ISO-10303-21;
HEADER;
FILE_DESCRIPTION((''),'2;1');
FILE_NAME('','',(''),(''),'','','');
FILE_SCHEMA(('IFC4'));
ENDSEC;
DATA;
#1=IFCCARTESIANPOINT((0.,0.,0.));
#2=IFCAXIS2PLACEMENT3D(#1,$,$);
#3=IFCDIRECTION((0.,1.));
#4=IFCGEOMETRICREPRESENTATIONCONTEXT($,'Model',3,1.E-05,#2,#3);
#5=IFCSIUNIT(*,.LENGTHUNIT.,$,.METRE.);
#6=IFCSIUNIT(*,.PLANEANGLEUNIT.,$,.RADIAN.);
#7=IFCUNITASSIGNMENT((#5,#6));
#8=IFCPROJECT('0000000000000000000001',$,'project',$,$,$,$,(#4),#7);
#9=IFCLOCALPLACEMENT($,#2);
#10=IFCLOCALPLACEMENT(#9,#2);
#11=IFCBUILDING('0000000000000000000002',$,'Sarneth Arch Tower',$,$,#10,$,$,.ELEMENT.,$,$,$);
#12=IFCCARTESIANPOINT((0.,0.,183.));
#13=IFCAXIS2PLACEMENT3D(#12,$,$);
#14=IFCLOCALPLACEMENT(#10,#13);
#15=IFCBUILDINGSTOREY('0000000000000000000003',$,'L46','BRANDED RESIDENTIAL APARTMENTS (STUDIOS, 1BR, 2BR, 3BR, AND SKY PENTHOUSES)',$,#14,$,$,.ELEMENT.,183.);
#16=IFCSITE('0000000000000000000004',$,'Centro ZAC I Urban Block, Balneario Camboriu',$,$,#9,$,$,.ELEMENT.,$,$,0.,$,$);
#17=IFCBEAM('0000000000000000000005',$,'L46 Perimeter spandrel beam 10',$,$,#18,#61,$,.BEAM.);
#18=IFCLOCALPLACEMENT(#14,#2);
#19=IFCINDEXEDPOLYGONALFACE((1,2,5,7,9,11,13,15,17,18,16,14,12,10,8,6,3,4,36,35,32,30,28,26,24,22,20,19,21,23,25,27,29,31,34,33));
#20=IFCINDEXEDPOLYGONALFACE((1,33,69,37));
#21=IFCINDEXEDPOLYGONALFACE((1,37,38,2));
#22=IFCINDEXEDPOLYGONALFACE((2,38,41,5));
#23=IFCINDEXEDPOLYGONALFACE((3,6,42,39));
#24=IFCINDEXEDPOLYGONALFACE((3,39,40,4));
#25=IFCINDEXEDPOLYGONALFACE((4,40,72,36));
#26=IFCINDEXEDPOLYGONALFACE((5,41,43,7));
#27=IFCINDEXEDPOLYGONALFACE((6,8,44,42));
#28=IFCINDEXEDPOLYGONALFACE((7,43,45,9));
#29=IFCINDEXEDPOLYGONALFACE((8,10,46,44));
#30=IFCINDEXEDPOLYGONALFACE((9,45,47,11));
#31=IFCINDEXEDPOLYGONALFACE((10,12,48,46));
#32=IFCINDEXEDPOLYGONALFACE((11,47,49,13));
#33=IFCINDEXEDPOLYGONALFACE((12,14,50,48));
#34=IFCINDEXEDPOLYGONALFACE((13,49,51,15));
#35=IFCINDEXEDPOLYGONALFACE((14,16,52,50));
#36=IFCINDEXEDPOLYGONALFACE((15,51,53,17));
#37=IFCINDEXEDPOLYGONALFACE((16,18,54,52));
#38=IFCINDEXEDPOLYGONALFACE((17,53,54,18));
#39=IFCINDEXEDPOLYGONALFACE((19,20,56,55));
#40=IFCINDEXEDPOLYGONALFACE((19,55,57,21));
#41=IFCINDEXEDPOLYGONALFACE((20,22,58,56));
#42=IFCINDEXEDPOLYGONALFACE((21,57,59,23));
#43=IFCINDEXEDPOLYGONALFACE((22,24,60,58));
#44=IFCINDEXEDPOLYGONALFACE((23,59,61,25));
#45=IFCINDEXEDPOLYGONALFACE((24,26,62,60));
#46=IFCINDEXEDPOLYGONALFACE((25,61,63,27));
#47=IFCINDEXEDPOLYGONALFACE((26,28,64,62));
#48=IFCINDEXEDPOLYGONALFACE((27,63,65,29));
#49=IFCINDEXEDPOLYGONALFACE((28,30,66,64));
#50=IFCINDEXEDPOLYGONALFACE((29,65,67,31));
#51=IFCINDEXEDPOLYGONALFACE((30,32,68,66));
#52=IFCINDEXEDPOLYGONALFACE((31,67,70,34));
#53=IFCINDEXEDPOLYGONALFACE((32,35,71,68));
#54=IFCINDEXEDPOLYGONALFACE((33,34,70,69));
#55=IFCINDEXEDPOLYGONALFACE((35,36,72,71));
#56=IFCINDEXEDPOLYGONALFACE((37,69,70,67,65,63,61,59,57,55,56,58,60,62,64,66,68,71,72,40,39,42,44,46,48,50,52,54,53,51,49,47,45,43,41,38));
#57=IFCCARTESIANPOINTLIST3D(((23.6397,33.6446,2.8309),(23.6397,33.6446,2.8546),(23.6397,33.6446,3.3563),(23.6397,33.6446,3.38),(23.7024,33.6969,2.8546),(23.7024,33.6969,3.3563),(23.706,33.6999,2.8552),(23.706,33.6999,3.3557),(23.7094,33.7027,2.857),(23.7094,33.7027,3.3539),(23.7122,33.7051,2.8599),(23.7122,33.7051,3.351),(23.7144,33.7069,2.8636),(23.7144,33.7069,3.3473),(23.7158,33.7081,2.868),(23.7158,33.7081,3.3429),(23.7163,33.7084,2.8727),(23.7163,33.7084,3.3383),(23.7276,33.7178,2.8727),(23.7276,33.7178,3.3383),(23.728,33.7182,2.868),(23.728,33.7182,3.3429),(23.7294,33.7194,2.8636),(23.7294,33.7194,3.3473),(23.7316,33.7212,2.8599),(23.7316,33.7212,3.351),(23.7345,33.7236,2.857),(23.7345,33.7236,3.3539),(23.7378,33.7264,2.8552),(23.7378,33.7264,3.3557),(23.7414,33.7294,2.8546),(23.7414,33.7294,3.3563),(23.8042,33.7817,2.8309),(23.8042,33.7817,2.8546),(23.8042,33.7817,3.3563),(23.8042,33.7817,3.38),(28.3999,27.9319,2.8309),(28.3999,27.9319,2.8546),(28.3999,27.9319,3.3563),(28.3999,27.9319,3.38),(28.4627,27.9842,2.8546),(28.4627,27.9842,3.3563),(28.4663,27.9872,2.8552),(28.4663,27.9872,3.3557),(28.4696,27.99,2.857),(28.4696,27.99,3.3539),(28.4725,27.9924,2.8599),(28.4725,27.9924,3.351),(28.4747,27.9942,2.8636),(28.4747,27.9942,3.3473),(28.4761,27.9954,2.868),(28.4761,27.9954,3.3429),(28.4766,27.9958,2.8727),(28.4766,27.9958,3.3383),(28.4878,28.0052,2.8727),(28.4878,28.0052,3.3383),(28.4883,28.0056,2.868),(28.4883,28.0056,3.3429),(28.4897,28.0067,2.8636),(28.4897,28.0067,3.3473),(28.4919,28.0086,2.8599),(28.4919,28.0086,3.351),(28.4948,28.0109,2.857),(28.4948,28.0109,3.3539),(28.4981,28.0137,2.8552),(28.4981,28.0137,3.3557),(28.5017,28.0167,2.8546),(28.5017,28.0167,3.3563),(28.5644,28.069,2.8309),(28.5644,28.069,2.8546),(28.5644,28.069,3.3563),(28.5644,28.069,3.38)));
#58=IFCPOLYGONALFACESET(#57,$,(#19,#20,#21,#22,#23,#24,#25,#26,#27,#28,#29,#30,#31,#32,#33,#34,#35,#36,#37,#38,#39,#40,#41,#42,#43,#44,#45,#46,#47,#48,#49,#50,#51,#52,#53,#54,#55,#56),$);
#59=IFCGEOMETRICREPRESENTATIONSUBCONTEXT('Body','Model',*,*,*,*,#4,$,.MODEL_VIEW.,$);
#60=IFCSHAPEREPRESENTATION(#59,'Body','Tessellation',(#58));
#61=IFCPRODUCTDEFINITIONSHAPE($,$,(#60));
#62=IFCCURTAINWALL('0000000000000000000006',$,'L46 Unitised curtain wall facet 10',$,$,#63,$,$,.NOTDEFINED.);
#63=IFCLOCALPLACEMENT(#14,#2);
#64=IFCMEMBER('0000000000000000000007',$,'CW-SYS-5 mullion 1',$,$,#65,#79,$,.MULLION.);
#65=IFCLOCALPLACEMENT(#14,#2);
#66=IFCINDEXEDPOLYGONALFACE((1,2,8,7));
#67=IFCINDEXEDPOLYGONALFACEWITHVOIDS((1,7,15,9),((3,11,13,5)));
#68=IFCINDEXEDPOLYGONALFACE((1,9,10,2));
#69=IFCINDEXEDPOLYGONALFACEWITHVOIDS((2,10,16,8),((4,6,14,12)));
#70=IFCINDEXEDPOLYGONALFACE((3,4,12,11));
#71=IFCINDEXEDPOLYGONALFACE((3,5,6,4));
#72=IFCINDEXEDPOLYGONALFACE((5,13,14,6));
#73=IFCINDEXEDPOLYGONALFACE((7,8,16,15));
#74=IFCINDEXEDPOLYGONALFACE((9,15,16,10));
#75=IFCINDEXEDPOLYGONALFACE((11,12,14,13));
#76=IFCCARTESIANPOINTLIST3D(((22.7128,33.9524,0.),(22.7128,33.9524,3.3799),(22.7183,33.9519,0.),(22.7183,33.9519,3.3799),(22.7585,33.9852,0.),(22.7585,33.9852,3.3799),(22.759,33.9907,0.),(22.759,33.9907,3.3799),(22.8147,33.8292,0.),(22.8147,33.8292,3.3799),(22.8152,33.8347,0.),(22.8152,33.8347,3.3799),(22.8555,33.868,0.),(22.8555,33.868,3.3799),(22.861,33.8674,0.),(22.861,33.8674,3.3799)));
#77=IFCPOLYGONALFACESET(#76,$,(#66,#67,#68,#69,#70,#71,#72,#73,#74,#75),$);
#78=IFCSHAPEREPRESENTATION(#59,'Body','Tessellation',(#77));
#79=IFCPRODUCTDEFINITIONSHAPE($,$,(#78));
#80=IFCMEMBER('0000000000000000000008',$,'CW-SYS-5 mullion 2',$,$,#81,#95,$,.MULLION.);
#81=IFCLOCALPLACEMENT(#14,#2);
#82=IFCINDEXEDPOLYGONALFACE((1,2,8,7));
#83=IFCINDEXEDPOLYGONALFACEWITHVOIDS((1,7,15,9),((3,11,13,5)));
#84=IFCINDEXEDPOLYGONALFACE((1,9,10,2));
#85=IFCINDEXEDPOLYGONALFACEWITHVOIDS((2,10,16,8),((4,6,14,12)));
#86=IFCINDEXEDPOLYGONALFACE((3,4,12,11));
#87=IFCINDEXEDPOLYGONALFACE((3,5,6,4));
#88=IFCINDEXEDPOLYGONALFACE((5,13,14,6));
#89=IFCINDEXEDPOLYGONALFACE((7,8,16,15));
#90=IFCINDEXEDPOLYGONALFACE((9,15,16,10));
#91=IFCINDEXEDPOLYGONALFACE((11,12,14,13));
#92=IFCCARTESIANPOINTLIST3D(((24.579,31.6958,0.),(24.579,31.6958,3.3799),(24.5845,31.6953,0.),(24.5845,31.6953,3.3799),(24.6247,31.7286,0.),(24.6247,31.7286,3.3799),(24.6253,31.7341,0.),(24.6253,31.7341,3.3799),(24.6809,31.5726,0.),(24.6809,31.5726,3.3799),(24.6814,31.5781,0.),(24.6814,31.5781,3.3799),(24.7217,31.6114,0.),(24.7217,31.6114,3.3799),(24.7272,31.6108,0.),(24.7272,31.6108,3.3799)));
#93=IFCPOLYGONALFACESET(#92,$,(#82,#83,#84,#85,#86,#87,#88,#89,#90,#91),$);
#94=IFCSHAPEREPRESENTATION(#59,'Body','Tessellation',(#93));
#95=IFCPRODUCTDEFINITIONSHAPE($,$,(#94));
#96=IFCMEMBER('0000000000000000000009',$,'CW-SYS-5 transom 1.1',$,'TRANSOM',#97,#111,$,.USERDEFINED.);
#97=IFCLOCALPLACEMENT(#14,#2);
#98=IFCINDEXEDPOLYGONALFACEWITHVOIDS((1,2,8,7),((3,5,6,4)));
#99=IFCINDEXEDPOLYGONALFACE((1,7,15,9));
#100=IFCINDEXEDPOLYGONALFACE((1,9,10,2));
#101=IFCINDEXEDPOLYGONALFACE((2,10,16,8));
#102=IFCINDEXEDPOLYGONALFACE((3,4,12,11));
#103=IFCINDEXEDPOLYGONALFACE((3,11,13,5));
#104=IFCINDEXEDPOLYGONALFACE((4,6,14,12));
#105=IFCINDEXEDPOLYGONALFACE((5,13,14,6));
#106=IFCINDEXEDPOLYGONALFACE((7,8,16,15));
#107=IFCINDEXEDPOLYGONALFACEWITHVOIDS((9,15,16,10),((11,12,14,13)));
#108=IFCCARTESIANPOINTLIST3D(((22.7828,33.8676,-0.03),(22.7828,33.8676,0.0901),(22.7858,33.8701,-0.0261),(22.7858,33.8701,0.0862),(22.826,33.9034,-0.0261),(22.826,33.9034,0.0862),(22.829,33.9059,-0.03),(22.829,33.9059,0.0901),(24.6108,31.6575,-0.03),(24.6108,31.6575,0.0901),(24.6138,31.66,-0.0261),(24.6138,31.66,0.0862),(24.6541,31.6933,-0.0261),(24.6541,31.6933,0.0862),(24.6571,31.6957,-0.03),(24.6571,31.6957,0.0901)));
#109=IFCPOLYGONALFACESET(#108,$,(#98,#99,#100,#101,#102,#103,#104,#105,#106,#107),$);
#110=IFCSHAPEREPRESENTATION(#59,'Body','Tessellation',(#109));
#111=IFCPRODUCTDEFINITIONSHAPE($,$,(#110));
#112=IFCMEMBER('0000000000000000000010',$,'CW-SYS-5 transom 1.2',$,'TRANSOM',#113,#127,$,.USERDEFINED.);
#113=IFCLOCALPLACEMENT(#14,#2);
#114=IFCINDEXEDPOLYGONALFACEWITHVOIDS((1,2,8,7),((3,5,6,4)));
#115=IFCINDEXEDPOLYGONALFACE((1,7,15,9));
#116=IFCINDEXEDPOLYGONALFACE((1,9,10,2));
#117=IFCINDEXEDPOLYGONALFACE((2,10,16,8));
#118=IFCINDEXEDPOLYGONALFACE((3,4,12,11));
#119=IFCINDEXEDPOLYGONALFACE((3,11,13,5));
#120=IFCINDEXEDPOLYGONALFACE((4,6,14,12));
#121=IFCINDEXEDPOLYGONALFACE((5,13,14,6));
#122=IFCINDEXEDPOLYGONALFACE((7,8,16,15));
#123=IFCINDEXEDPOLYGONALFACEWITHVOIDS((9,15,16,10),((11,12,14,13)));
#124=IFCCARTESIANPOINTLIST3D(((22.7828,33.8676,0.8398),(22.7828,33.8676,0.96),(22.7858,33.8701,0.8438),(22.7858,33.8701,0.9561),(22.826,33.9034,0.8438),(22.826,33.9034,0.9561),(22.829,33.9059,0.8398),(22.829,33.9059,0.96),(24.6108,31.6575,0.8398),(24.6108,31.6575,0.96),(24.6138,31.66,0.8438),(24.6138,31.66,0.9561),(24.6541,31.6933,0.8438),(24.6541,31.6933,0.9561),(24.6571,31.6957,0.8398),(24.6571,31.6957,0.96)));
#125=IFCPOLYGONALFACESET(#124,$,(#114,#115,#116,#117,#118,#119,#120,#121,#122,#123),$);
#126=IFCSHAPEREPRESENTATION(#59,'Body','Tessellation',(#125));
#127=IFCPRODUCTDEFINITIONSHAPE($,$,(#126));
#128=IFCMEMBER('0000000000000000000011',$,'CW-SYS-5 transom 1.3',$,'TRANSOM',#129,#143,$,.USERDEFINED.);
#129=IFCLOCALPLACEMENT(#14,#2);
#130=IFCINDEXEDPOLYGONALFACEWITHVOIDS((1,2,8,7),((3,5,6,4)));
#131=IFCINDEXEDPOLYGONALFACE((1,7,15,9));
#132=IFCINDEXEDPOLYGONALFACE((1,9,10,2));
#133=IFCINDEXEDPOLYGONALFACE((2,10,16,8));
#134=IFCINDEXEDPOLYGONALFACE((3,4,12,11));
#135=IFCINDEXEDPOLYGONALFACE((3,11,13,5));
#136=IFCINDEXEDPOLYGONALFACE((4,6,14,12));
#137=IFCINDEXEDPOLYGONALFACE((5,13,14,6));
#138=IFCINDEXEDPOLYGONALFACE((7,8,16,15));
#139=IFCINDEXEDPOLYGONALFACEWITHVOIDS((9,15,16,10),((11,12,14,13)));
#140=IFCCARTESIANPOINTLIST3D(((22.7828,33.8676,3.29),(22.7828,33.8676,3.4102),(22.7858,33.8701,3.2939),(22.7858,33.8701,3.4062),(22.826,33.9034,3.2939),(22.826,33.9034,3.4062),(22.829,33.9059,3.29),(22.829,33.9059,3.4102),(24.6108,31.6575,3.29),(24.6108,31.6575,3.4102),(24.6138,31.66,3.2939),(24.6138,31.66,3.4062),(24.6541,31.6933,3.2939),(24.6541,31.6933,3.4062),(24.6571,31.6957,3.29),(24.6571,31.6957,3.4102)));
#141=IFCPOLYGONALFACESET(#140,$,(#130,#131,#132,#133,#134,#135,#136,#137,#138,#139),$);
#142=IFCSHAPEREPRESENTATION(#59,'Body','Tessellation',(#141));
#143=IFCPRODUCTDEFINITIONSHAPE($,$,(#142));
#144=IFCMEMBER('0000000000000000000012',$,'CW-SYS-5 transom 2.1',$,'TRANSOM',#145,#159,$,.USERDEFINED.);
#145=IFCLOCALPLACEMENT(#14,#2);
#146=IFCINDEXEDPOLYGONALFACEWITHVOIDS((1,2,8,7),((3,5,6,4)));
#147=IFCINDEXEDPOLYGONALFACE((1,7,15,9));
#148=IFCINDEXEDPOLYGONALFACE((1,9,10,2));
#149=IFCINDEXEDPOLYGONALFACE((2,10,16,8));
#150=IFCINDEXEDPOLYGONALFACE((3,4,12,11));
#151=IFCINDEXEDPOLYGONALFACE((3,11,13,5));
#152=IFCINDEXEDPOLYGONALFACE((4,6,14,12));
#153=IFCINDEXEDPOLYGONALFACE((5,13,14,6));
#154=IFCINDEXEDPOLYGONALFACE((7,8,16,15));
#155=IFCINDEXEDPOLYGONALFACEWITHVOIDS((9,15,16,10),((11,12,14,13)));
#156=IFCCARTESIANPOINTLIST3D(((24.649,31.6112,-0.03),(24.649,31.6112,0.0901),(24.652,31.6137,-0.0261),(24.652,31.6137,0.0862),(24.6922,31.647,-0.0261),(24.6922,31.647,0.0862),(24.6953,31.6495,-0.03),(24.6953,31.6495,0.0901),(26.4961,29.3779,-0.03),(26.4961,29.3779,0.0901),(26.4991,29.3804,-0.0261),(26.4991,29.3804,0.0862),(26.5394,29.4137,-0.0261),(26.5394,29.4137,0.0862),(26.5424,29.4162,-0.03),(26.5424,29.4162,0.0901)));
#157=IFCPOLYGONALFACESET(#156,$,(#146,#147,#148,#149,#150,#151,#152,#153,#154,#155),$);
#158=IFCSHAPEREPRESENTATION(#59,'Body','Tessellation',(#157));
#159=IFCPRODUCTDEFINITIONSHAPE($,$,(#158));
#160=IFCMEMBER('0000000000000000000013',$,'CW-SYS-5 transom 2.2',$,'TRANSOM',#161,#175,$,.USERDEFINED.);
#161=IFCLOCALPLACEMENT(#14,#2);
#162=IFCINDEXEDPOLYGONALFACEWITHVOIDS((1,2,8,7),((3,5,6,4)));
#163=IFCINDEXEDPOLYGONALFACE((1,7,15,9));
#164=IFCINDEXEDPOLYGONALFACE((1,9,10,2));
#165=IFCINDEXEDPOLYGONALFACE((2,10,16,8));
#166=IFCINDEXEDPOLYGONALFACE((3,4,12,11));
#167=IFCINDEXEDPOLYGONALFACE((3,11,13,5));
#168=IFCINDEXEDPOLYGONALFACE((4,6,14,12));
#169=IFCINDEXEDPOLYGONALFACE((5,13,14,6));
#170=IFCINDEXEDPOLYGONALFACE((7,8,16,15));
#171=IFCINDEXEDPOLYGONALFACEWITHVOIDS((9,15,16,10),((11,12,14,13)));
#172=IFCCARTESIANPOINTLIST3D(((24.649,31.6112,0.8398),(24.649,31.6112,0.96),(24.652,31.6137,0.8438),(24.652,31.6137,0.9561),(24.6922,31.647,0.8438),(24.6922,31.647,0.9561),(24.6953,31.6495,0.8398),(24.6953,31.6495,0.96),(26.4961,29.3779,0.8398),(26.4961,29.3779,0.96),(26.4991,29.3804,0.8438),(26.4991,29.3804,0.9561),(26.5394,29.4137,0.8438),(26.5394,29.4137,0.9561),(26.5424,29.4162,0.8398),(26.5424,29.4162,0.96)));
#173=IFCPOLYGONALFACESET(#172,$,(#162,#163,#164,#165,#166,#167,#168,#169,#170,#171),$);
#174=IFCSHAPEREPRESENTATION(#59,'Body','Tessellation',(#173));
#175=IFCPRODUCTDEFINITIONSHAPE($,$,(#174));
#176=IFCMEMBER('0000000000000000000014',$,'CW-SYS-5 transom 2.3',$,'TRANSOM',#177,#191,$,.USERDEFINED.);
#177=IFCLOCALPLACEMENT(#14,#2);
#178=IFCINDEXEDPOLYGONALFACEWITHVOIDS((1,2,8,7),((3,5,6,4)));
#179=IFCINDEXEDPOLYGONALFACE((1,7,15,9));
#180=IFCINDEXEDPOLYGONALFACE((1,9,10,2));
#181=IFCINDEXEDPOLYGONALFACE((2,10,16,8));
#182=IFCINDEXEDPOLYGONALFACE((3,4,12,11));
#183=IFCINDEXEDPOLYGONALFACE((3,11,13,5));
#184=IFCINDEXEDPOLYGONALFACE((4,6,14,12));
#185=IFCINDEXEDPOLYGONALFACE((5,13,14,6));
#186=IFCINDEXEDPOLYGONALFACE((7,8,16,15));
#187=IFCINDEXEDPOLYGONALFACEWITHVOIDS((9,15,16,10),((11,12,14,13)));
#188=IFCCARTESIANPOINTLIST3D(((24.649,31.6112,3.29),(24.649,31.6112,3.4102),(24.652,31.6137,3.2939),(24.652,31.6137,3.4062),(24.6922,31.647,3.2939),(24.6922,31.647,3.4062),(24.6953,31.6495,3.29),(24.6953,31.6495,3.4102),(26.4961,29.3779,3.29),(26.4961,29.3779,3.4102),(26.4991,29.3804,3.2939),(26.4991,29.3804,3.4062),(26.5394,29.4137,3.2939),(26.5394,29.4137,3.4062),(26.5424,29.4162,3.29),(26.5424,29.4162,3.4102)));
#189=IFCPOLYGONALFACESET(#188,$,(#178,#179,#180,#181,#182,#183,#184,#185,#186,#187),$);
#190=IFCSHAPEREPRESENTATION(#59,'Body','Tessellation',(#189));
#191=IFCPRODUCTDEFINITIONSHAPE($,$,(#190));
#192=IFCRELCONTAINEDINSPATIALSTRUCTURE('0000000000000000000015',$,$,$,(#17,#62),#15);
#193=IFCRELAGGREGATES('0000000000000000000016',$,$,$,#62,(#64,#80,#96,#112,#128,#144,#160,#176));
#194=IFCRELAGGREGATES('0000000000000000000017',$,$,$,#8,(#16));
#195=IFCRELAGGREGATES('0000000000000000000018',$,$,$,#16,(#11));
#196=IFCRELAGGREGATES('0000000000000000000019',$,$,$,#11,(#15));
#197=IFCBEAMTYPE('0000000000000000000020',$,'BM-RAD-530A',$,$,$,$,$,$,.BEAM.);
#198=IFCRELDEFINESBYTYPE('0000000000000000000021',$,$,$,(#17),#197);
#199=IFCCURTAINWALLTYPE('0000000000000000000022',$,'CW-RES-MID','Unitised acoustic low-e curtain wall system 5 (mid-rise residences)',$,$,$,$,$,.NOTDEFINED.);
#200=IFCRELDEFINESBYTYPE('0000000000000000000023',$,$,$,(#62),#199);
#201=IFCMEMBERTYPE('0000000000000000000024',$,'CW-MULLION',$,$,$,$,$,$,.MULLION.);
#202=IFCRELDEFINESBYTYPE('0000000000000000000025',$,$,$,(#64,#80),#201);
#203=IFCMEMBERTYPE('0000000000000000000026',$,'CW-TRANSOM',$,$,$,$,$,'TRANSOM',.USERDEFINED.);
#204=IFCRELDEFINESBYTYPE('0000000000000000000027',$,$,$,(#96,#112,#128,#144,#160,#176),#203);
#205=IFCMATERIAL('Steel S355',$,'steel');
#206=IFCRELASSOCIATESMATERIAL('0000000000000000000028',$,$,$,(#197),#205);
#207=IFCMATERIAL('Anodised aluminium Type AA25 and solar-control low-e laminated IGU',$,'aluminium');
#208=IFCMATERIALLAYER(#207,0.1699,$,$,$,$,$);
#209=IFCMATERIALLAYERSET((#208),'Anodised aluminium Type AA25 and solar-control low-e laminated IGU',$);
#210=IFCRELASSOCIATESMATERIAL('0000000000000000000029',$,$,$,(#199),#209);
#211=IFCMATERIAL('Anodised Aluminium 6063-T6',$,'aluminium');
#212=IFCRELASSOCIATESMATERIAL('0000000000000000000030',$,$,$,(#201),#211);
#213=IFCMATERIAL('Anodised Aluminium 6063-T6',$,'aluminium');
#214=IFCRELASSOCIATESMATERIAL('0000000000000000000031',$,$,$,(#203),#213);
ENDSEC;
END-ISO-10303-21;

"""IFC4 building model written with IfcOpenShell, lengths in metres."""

from ifc_helpers import new_model, si_unit, direction, frame, origin, origin_2d, place, context, subcontext, project, spatial, hollow_rectangle, i_section, extrude, material, layer, layer_set, material_profile, profile_set, type_object, element, aggregate, save


model = new_model("IFC4")

# Units and contexts
model_context = context("Model", 3, precision=1e-05, world=origin(), true_north=direction((0.0, 1.0)))
body_context = subcontext(model_context, "Body", "Model", "MODEL_VIEW")
ifc_project = project(units=[si_unit("LENGTHUNIT", "METRE"), si_unit("PLANEANGLEUNIT", "RADIAN")], contexts=[model_context])

# Site, building, storey
site_placement = place(None, origin())
site = spatial("IfcSite", under=ifc_project, at=site_placement, Name="Centro ZAC I Urban Block, Balneario Camboriu", CompositionType="ELEMENT", RefElevation=0.0)
building_placement = place(site_placement, origin())
building = spatial("IfcBuilding", under=site, at=building_placement, Name="Sarneth Arch Tower", CompositionType="ELEMENT")
storey_placement = place(building_placement, frame((0.0, 0.0, 183.0)))
storey = spatial("IfcBuildingStorey", under=building, at=storey_placement, Name="L46", Description="BRANDED RESIDENTIAL APARTMENTS (STUDIOS, 1BR, 2BR, 3BR, AND SKY PENTHOUSES)", CompositionType="ELEMENT", Elevation=183.0)

# Beam
ifc_material_1 = material(Name="Steel S355", Category="steel")
ifc_material_profile_1 = material_profile(ifc_material_1, i_section(OverallWidth=0.2141, OverallDepth=0.5491, WebThickness=0.0146, FlangeThickness=0.0237, FilletRadius=0.0181, at=origin_2d()), Name="W530x138")
ifc_profile_set_1 = profile_set([ifc_material_profile_1], Name="Steel S355")
beam_type_1 = type_object("IfcBeamType", Name="BM-RAD-530A", PredefinedType="BEAM", material=ifc_profile_set_1)
beam_1_placement = place(storey_placement, frame((23.7219, 33.7131, 3.1055), z_axis=(0.640162, -0.76824, 0.0), x_axis=(0.76824, 0.640162, 0.0)))
element("IfcBeam", 1, at=beam_1_placement, inside=storey, type_object=beam_type_1, Name="L46 Perimeter spandrel beam 10", PredefinedType="BEAM", context=body_context, shape_type="SweptSolid", body=[
    extrude(i_section(OverallWidth=0.2141, OverallDepth=0.5491, WebThickness=0.0146, FlangeThickness=0.0237, FilletRadius=0.0181, at=origin_2d()), origin(), (0.0, 0.0, 1.0), 7.436),
])

# Curtain wall, members
ifc_material_2 = material(Name="Anodised aluminium Type AA25 and solar-control low-e laminated IGU", Category="aluminium")
ifc_layer_1 = layer(ifc_material_2, 0.1699)
ifc_layer_set_1 = layer_set([ifc_layer_1], Name="Anodised aluminium Type AA25 and solar-control low-e laminated IGU")
curtain_wall_type = type_object("IfcCurtainWallType", Name="CW-RES-MID", Description="Unitised acoustic low-e curtain wall system 5 (mid-rise residences)", PredefinedType="NOTDEFINED", material=ifc_layer_set_1)
curtain_wall_placement = place(storey_placement, origin())
curtain_wall = element("IfcCurtainWall", 2, at=curtain_wall_placement, inside=storey, type_object=curtain_wall_type, Name="L46 Unitised curtain wall facet 10", PredefinedType="NOTDEFINED")
ifc_material_3 = material(Name="Anodised Aluminium 6063-T6", Category="aluminium")
ifc_material_profile_2 = material_profile(ifc_material_3, hollow_rectangle(XDim=0.0601, YDim=0.1599, WallThickness=0.0039, at=origin_2d()), Name="AL-MULL-160x60x4")
ifc_profile_set_2 = profile_set([ifc_material_profile_2], Name="Anodised Aluminium 6063-T6")
member_type_1 = type_object("IfcMemberType", Name="CW-MULLION", PredefinedType="MULLION", material=ifc_profile_set_2)
member_1_placement = place(storey_placement, frame((22.7869, 33.9099, 0.0), z_axis=(0.0, 0.0, 1.0), x_axis=(0.770591, 0.63733, 0.0)))
member_1 = element("IfcMember", 3, at=member_1_placement, type_object=member_type_1, Name="CW-SYS-5 mullion 1", PredefinedType="MULLION", context=body_context, shape_type="SweptSolid", body=[
    extrude(hollow_rectangle(XDim=0.0601, YDim=0.1599, WallThickness=0.0039, at=origin_2d()), origin(), (0.0, 0.0, 1.0), 3.3799),
])
member_2_placement = place(storey_placement, frame((24.6531, 31.6533, 0.0), z_axis=(0.0, 0.0, 1.0), x_axis=(0.770591, 0.63733, 0.0)))
member_2 = element("IfcMember", 4, at=member_2_placement, type_object=member_type_1, Name="CW-SYS-5 mullion 2", PredefinedType="MULLION", context=body_context, shape_type="SweptSolid", body=[
    extrude(hollow_rectangle(XDim=0.0601, YDim=0.1599, WallThickness=0.0039, at=origin_2d()), origin(), (0.0, 0.0, 1.0), 3.3799),
])
ifc_material_4 = material(Name="Anodised Aluminium 6063-T6", Category="aluminium")
ifc_material_profile_3 = material_profile(ifc_material_4, hollow_rectangle(XDim=0.0601, YDim=0.1201, WallThickness=0.0039, at=origin_2d()), Name="AL-TRAN-120x60x4")
ifc_profile_set_3 = profile_set([ifc_material_profile_3], Name="Anodised Aluminium 6063-T6")
member_type_2 = type_object("IfcMemberType", Name="CW-TRANSOM", ElementType="TRANSOM", PredefinedType="USERDEFINED", material=ifc_profile_set_3)
member_3_placement = place(storey_placement, frame((22.8059, 33.8867, 0.03), z_axis=(0.637359, -0.770567, 0.0), x_axis=(0.770567, 0.637359, 0.0)))
member_3 = element("IfcMember", 5, at=member_3_placement, type_object=member_type_2, Name="CW-SYS-5 transom 1.1", ObjectType="TRANSOM", PredefinedType="USERDEFINED", context=body_context, shape_type="SweptSolid", body=[
    extrude(hollow_rectangle(XDim=0.0601, YDim=0.1201, WallThickness=0.0039, at=origin_2d()), origin(), (0.0, 0.0, 1.0), 2.8682),
])
member_4_placement = place(storey_placement, frame((22.8059, 33.8867, 0.8999), z_axis=(0.637359, -0.770567, 0.0), x_axis=(0.770567, 0.637359, 0.0)))
member_4 = element("IfcMember", 6, at=member_4_placement, type_object=member_type_2, Name="CW-SYS-5 transom 1.2", ObjectType="TRANSOM", PredefinedType="USERDEFINED", context=body_context, shape_type="SweptSolid", body=[
    extrude(hollow_rectangle(XDim=0.0601, YDim=0.1201, WallThickness=0.0039, at=origin_2d()), origin(), (0.0, 0.0, 1.0), 2.8682),
])
member_5_placement = place(storey_placement, frame((22.8059, 33.8867, 3.3501), z_axis=(0.637359, -0.770567, 0.0), x_axis=(0.770567, 0.637359, 0.0)))
member_5 = element("IfcMember", 7, at=member_5_placement, type_object=member_type_2, Name="CW-SYS-5 transom 1.3", ObjectType="TRANSOM", PredefinedType="USERDEFINED", context=body_context, shape_type="SweptSolid", body=[
    extrude(hollow_rectangle(XDim=0.0601, YDim=0.1201, WallThickness=0.0039, at=origin_2d()), origin(), (0.0, 0.0, 1.0), 2.8682),
])
member_6_placement = place(storey_placement, frame((24.6721, 31.6304, 0.03), z_axis=(0.63733, -0.770591, 0.0), x_axis=(0.770591, 0.63733, 0.0)))
member_6 = element("IfcMember", 8, at=member_6_placement, type_object=member_type_2, Name="CW-SYS-5 transom 2.1", ObjectType="TRANSOM", PredefinedType="USERDEFINED", context=body_context, shape_type="SweptSolid", body=[
    extrude(hollow_rectangle(XDim=0.0601, YDim=0.1201, WallThickness=0.0039, at=origin_2d()), origin(), (0.0, 0.0, 1.0), 2.8982),
])
member_7_placement = place(storey_placement, frame((24.6721, 31.6304, 0.8999), z_axis=(0.63733, -0.770591, 0.0), x_axis=(0.770591, 0.63733, 0.0)))
member_7 = element("IfcMember", 9, at=member_7_placement, type_object=member_type_2, Name="CW-SYS-5 transom 2.2", ObjectType="TRANSOM", PredefinedType="USERDEFINED", context=body_context, shape_type="SweptSolid", body=[
    extrude(hollow_rectangle(XDim=0.0601, YDim=0.1201, WallThickness=0.0039, at=origin_2d()), origin(), (0.0, 0.0, 1.0), 2.8982),
])
member_8_placement = place(storey_placement, frame((24.6721, 31.6304, 3.3501), z_axis=(0.63733, -0.770591, 0.0), x_axis=(0.770591, 0.63733, 0.0)))
member_8 = element("IfcMember", 10, at=member_8_placement, type_object=member_type_2, Name="CW-SYS-5 transom 2.3", ObjectType="TRANSOM", PredefinedType="USERDEFINED", context=body_context, shape_type="SweptSolid", body=[
    extrude(hollow_rectangle(XDim=0.0601, YDim=0.1201, WallThickness=0.0039, at=origin_2d()), origin(), (0.0, 0.0, 1.0), 2.8982),
])
aggregate(curtain_wall, [member_1, member_2, member_3, member_4, member_5, member_6, member_7, member_8])

save(model, "model.ifc")
